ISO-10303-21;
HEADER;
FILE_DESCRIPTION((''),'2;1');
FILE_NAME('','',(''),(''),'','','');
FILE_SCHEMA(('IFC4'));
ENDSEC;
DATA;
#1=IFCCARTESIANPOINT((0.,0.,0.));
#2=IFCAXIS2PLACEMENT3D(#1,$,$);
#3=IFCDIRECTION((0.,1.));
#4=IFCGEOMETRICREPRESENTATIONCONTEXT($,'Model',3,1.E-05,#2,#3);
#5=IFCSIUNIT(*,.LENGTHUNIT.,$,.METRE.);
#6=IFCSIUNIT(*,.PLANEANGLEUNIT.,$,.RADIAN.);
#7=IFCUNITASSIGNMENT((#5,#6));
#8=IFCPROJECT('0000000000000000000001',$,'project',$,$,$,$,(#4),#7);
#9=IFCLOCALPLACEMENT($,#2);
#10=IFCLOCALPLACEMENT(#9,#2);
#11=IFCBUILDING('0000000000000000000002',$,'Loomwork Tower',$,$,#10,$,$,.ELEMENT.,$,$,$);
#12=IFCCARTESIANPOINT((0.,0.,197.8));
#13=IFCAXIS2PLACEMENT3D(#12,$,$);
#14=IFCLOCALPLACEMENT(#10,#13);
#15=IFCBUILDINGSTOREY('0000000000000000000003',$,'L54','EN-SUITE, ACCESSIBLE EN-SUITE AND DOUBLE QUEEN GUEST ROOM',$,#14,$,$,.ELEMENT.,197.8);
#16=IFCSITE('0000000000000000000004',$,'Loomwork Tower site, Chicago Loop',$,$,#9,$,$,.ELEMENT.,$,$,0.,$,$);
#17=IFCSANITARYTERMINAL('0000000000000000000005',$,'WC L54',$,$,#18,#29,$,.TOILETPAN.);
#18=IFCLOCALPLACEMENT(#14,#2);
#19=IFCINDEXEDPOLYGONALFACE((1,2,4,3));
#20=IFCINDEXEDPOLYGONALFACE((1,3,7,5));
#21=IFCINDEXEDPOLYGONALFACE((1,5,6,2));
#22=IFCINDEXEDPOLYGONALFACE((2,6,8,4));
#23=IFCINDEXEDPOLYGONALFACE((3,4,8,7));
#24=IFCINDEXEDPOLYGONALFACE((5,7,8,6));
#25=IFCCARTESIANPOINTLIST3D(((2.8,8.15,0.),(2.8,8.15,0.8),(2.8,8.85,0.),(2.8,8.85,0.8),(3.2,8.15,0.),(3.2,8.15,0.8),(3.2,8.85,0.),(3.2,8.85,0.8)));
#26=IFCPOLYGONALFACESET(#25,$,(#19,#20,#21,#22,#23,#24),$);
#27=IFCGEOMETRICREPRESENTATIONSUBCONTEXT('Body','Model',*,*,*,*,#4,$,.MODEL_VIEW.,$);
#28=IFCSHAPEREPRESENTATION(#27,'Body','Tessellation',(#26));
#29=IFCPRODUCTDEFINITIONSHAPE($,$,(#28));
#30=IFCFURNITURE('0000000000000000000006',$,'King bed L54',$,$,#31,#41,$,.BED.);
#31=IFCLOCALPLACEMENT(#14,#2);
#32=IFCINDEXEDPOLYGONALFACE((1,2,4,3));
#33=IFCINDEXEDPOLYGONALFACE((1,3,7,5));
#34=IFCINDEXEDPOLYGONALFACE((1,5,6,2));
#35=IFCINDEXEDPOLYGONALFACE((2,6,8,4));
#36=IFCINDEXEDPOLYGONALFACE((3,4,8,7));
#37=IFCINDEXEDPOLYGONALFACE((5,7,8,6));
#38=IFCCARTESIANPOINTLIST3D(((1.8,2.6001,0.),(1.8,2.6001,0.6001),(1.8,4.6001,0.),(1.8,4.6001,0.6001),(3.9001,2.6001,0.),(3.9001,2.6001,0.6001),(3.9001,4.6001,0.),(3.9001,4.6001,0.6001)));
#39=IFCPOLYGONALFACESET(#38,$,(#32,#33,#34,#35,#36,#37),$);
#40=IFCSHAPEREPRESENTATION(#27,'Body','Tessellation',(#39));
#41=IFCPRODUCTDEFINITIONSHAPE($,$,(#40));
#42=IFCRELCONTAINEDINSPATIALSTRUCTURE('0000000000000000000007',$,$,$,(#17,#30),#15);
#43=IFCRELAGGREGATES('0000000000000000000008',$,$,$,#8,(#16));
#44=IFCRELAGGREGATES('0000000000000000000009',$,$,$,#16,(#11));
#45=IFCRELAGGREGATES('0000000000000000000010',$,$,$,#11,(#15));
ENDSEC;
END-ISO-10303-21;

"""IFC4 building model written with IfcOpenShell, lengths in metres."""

from ifc_helpers import new_model, si_unit, direction, frame, origin, origin_2d, place, context, subcontext, project, spatial, rectangle, extrude, element, save


model = new_model("IFC4")

# Units and contexts
model_context = context("Model", 3, precision=1e-05, world=origin(), true_north=direction((0.0, 1.0)))
body_context = subcontext(model_context, "Body", "Model", "MODEL_VIEW")
ifc_project = project(units=[si_unit("LENGTHUNIT", "METRE"), si_unit("PLANEANGLEUNIT", "RADIAN")], contexts=[model_context])

# Site, building, storey
site_placement = place(None, origin())
site = spatial("IfcSite", under=ifc_project, at=site_placement, Name="Loomwork Tower site, Chicago Loop", CompositionType="ELEMENT", RefElevation=0.0)
building_placement = place(site_placement, origin())
building = spatial("IfcBuilding", under=site, at=building_placement, Name="Loomwork Tower", CompositionType="ELEMENT")
storey_placement = place(building_placement, frame((0.0, 0.0, 197.8)))
storey = spatial("IfcBuildingStorey", under=building, at=storey_placement, Name="L54", Description="EN-SUITE, ACCESSIBLE EN-SUITE AND DOUBLE QUEEN GUEST ROOM", CompositionType="ELEMENT", Elevation=197.8)

# Sanitary terminal
sanitary_terminal_1_placement = place(storey_placement, frame((3.0, 8.5, 0.0), z_axis=(0.0, 0.0, 1.0), x_axis=(1.0, 0.0, 0.0)))
element("IfcSanitaryTerminal", 1, at=sanitary_terminal_1_placement, inside=storey, Name="WC L54", PredefinedType="TOILETPAN", context=body_context, shape_type="SweptSolid", body=[
    extrude(rectangle(XDim=0.3999, YDim=0.7, at=origin_2d()), origin(), (0.0, 0.0, 1.0), 0.8),
])

# Furniture
furniture_placement = place(storey_placement, frame((2.8501, 3.6001, 0.0), z_axis=(0.0, 0.0, 1.0), x_axis=(1.0, 0.0, 0.0)))
element("IfcFurniture", 2, at=furniture_placement, inside=storey, Name="King bed L54", PredefinedType="BED", context=body_context, shape_type="SweptSolid", body=[
    extrude(rectangle(XDim=2.1001, YDim=2.0, at=origin_2d()), origin(), (0.0, 0.0, 1.0), 0.6001),
])

save(model, "model.ifc")
